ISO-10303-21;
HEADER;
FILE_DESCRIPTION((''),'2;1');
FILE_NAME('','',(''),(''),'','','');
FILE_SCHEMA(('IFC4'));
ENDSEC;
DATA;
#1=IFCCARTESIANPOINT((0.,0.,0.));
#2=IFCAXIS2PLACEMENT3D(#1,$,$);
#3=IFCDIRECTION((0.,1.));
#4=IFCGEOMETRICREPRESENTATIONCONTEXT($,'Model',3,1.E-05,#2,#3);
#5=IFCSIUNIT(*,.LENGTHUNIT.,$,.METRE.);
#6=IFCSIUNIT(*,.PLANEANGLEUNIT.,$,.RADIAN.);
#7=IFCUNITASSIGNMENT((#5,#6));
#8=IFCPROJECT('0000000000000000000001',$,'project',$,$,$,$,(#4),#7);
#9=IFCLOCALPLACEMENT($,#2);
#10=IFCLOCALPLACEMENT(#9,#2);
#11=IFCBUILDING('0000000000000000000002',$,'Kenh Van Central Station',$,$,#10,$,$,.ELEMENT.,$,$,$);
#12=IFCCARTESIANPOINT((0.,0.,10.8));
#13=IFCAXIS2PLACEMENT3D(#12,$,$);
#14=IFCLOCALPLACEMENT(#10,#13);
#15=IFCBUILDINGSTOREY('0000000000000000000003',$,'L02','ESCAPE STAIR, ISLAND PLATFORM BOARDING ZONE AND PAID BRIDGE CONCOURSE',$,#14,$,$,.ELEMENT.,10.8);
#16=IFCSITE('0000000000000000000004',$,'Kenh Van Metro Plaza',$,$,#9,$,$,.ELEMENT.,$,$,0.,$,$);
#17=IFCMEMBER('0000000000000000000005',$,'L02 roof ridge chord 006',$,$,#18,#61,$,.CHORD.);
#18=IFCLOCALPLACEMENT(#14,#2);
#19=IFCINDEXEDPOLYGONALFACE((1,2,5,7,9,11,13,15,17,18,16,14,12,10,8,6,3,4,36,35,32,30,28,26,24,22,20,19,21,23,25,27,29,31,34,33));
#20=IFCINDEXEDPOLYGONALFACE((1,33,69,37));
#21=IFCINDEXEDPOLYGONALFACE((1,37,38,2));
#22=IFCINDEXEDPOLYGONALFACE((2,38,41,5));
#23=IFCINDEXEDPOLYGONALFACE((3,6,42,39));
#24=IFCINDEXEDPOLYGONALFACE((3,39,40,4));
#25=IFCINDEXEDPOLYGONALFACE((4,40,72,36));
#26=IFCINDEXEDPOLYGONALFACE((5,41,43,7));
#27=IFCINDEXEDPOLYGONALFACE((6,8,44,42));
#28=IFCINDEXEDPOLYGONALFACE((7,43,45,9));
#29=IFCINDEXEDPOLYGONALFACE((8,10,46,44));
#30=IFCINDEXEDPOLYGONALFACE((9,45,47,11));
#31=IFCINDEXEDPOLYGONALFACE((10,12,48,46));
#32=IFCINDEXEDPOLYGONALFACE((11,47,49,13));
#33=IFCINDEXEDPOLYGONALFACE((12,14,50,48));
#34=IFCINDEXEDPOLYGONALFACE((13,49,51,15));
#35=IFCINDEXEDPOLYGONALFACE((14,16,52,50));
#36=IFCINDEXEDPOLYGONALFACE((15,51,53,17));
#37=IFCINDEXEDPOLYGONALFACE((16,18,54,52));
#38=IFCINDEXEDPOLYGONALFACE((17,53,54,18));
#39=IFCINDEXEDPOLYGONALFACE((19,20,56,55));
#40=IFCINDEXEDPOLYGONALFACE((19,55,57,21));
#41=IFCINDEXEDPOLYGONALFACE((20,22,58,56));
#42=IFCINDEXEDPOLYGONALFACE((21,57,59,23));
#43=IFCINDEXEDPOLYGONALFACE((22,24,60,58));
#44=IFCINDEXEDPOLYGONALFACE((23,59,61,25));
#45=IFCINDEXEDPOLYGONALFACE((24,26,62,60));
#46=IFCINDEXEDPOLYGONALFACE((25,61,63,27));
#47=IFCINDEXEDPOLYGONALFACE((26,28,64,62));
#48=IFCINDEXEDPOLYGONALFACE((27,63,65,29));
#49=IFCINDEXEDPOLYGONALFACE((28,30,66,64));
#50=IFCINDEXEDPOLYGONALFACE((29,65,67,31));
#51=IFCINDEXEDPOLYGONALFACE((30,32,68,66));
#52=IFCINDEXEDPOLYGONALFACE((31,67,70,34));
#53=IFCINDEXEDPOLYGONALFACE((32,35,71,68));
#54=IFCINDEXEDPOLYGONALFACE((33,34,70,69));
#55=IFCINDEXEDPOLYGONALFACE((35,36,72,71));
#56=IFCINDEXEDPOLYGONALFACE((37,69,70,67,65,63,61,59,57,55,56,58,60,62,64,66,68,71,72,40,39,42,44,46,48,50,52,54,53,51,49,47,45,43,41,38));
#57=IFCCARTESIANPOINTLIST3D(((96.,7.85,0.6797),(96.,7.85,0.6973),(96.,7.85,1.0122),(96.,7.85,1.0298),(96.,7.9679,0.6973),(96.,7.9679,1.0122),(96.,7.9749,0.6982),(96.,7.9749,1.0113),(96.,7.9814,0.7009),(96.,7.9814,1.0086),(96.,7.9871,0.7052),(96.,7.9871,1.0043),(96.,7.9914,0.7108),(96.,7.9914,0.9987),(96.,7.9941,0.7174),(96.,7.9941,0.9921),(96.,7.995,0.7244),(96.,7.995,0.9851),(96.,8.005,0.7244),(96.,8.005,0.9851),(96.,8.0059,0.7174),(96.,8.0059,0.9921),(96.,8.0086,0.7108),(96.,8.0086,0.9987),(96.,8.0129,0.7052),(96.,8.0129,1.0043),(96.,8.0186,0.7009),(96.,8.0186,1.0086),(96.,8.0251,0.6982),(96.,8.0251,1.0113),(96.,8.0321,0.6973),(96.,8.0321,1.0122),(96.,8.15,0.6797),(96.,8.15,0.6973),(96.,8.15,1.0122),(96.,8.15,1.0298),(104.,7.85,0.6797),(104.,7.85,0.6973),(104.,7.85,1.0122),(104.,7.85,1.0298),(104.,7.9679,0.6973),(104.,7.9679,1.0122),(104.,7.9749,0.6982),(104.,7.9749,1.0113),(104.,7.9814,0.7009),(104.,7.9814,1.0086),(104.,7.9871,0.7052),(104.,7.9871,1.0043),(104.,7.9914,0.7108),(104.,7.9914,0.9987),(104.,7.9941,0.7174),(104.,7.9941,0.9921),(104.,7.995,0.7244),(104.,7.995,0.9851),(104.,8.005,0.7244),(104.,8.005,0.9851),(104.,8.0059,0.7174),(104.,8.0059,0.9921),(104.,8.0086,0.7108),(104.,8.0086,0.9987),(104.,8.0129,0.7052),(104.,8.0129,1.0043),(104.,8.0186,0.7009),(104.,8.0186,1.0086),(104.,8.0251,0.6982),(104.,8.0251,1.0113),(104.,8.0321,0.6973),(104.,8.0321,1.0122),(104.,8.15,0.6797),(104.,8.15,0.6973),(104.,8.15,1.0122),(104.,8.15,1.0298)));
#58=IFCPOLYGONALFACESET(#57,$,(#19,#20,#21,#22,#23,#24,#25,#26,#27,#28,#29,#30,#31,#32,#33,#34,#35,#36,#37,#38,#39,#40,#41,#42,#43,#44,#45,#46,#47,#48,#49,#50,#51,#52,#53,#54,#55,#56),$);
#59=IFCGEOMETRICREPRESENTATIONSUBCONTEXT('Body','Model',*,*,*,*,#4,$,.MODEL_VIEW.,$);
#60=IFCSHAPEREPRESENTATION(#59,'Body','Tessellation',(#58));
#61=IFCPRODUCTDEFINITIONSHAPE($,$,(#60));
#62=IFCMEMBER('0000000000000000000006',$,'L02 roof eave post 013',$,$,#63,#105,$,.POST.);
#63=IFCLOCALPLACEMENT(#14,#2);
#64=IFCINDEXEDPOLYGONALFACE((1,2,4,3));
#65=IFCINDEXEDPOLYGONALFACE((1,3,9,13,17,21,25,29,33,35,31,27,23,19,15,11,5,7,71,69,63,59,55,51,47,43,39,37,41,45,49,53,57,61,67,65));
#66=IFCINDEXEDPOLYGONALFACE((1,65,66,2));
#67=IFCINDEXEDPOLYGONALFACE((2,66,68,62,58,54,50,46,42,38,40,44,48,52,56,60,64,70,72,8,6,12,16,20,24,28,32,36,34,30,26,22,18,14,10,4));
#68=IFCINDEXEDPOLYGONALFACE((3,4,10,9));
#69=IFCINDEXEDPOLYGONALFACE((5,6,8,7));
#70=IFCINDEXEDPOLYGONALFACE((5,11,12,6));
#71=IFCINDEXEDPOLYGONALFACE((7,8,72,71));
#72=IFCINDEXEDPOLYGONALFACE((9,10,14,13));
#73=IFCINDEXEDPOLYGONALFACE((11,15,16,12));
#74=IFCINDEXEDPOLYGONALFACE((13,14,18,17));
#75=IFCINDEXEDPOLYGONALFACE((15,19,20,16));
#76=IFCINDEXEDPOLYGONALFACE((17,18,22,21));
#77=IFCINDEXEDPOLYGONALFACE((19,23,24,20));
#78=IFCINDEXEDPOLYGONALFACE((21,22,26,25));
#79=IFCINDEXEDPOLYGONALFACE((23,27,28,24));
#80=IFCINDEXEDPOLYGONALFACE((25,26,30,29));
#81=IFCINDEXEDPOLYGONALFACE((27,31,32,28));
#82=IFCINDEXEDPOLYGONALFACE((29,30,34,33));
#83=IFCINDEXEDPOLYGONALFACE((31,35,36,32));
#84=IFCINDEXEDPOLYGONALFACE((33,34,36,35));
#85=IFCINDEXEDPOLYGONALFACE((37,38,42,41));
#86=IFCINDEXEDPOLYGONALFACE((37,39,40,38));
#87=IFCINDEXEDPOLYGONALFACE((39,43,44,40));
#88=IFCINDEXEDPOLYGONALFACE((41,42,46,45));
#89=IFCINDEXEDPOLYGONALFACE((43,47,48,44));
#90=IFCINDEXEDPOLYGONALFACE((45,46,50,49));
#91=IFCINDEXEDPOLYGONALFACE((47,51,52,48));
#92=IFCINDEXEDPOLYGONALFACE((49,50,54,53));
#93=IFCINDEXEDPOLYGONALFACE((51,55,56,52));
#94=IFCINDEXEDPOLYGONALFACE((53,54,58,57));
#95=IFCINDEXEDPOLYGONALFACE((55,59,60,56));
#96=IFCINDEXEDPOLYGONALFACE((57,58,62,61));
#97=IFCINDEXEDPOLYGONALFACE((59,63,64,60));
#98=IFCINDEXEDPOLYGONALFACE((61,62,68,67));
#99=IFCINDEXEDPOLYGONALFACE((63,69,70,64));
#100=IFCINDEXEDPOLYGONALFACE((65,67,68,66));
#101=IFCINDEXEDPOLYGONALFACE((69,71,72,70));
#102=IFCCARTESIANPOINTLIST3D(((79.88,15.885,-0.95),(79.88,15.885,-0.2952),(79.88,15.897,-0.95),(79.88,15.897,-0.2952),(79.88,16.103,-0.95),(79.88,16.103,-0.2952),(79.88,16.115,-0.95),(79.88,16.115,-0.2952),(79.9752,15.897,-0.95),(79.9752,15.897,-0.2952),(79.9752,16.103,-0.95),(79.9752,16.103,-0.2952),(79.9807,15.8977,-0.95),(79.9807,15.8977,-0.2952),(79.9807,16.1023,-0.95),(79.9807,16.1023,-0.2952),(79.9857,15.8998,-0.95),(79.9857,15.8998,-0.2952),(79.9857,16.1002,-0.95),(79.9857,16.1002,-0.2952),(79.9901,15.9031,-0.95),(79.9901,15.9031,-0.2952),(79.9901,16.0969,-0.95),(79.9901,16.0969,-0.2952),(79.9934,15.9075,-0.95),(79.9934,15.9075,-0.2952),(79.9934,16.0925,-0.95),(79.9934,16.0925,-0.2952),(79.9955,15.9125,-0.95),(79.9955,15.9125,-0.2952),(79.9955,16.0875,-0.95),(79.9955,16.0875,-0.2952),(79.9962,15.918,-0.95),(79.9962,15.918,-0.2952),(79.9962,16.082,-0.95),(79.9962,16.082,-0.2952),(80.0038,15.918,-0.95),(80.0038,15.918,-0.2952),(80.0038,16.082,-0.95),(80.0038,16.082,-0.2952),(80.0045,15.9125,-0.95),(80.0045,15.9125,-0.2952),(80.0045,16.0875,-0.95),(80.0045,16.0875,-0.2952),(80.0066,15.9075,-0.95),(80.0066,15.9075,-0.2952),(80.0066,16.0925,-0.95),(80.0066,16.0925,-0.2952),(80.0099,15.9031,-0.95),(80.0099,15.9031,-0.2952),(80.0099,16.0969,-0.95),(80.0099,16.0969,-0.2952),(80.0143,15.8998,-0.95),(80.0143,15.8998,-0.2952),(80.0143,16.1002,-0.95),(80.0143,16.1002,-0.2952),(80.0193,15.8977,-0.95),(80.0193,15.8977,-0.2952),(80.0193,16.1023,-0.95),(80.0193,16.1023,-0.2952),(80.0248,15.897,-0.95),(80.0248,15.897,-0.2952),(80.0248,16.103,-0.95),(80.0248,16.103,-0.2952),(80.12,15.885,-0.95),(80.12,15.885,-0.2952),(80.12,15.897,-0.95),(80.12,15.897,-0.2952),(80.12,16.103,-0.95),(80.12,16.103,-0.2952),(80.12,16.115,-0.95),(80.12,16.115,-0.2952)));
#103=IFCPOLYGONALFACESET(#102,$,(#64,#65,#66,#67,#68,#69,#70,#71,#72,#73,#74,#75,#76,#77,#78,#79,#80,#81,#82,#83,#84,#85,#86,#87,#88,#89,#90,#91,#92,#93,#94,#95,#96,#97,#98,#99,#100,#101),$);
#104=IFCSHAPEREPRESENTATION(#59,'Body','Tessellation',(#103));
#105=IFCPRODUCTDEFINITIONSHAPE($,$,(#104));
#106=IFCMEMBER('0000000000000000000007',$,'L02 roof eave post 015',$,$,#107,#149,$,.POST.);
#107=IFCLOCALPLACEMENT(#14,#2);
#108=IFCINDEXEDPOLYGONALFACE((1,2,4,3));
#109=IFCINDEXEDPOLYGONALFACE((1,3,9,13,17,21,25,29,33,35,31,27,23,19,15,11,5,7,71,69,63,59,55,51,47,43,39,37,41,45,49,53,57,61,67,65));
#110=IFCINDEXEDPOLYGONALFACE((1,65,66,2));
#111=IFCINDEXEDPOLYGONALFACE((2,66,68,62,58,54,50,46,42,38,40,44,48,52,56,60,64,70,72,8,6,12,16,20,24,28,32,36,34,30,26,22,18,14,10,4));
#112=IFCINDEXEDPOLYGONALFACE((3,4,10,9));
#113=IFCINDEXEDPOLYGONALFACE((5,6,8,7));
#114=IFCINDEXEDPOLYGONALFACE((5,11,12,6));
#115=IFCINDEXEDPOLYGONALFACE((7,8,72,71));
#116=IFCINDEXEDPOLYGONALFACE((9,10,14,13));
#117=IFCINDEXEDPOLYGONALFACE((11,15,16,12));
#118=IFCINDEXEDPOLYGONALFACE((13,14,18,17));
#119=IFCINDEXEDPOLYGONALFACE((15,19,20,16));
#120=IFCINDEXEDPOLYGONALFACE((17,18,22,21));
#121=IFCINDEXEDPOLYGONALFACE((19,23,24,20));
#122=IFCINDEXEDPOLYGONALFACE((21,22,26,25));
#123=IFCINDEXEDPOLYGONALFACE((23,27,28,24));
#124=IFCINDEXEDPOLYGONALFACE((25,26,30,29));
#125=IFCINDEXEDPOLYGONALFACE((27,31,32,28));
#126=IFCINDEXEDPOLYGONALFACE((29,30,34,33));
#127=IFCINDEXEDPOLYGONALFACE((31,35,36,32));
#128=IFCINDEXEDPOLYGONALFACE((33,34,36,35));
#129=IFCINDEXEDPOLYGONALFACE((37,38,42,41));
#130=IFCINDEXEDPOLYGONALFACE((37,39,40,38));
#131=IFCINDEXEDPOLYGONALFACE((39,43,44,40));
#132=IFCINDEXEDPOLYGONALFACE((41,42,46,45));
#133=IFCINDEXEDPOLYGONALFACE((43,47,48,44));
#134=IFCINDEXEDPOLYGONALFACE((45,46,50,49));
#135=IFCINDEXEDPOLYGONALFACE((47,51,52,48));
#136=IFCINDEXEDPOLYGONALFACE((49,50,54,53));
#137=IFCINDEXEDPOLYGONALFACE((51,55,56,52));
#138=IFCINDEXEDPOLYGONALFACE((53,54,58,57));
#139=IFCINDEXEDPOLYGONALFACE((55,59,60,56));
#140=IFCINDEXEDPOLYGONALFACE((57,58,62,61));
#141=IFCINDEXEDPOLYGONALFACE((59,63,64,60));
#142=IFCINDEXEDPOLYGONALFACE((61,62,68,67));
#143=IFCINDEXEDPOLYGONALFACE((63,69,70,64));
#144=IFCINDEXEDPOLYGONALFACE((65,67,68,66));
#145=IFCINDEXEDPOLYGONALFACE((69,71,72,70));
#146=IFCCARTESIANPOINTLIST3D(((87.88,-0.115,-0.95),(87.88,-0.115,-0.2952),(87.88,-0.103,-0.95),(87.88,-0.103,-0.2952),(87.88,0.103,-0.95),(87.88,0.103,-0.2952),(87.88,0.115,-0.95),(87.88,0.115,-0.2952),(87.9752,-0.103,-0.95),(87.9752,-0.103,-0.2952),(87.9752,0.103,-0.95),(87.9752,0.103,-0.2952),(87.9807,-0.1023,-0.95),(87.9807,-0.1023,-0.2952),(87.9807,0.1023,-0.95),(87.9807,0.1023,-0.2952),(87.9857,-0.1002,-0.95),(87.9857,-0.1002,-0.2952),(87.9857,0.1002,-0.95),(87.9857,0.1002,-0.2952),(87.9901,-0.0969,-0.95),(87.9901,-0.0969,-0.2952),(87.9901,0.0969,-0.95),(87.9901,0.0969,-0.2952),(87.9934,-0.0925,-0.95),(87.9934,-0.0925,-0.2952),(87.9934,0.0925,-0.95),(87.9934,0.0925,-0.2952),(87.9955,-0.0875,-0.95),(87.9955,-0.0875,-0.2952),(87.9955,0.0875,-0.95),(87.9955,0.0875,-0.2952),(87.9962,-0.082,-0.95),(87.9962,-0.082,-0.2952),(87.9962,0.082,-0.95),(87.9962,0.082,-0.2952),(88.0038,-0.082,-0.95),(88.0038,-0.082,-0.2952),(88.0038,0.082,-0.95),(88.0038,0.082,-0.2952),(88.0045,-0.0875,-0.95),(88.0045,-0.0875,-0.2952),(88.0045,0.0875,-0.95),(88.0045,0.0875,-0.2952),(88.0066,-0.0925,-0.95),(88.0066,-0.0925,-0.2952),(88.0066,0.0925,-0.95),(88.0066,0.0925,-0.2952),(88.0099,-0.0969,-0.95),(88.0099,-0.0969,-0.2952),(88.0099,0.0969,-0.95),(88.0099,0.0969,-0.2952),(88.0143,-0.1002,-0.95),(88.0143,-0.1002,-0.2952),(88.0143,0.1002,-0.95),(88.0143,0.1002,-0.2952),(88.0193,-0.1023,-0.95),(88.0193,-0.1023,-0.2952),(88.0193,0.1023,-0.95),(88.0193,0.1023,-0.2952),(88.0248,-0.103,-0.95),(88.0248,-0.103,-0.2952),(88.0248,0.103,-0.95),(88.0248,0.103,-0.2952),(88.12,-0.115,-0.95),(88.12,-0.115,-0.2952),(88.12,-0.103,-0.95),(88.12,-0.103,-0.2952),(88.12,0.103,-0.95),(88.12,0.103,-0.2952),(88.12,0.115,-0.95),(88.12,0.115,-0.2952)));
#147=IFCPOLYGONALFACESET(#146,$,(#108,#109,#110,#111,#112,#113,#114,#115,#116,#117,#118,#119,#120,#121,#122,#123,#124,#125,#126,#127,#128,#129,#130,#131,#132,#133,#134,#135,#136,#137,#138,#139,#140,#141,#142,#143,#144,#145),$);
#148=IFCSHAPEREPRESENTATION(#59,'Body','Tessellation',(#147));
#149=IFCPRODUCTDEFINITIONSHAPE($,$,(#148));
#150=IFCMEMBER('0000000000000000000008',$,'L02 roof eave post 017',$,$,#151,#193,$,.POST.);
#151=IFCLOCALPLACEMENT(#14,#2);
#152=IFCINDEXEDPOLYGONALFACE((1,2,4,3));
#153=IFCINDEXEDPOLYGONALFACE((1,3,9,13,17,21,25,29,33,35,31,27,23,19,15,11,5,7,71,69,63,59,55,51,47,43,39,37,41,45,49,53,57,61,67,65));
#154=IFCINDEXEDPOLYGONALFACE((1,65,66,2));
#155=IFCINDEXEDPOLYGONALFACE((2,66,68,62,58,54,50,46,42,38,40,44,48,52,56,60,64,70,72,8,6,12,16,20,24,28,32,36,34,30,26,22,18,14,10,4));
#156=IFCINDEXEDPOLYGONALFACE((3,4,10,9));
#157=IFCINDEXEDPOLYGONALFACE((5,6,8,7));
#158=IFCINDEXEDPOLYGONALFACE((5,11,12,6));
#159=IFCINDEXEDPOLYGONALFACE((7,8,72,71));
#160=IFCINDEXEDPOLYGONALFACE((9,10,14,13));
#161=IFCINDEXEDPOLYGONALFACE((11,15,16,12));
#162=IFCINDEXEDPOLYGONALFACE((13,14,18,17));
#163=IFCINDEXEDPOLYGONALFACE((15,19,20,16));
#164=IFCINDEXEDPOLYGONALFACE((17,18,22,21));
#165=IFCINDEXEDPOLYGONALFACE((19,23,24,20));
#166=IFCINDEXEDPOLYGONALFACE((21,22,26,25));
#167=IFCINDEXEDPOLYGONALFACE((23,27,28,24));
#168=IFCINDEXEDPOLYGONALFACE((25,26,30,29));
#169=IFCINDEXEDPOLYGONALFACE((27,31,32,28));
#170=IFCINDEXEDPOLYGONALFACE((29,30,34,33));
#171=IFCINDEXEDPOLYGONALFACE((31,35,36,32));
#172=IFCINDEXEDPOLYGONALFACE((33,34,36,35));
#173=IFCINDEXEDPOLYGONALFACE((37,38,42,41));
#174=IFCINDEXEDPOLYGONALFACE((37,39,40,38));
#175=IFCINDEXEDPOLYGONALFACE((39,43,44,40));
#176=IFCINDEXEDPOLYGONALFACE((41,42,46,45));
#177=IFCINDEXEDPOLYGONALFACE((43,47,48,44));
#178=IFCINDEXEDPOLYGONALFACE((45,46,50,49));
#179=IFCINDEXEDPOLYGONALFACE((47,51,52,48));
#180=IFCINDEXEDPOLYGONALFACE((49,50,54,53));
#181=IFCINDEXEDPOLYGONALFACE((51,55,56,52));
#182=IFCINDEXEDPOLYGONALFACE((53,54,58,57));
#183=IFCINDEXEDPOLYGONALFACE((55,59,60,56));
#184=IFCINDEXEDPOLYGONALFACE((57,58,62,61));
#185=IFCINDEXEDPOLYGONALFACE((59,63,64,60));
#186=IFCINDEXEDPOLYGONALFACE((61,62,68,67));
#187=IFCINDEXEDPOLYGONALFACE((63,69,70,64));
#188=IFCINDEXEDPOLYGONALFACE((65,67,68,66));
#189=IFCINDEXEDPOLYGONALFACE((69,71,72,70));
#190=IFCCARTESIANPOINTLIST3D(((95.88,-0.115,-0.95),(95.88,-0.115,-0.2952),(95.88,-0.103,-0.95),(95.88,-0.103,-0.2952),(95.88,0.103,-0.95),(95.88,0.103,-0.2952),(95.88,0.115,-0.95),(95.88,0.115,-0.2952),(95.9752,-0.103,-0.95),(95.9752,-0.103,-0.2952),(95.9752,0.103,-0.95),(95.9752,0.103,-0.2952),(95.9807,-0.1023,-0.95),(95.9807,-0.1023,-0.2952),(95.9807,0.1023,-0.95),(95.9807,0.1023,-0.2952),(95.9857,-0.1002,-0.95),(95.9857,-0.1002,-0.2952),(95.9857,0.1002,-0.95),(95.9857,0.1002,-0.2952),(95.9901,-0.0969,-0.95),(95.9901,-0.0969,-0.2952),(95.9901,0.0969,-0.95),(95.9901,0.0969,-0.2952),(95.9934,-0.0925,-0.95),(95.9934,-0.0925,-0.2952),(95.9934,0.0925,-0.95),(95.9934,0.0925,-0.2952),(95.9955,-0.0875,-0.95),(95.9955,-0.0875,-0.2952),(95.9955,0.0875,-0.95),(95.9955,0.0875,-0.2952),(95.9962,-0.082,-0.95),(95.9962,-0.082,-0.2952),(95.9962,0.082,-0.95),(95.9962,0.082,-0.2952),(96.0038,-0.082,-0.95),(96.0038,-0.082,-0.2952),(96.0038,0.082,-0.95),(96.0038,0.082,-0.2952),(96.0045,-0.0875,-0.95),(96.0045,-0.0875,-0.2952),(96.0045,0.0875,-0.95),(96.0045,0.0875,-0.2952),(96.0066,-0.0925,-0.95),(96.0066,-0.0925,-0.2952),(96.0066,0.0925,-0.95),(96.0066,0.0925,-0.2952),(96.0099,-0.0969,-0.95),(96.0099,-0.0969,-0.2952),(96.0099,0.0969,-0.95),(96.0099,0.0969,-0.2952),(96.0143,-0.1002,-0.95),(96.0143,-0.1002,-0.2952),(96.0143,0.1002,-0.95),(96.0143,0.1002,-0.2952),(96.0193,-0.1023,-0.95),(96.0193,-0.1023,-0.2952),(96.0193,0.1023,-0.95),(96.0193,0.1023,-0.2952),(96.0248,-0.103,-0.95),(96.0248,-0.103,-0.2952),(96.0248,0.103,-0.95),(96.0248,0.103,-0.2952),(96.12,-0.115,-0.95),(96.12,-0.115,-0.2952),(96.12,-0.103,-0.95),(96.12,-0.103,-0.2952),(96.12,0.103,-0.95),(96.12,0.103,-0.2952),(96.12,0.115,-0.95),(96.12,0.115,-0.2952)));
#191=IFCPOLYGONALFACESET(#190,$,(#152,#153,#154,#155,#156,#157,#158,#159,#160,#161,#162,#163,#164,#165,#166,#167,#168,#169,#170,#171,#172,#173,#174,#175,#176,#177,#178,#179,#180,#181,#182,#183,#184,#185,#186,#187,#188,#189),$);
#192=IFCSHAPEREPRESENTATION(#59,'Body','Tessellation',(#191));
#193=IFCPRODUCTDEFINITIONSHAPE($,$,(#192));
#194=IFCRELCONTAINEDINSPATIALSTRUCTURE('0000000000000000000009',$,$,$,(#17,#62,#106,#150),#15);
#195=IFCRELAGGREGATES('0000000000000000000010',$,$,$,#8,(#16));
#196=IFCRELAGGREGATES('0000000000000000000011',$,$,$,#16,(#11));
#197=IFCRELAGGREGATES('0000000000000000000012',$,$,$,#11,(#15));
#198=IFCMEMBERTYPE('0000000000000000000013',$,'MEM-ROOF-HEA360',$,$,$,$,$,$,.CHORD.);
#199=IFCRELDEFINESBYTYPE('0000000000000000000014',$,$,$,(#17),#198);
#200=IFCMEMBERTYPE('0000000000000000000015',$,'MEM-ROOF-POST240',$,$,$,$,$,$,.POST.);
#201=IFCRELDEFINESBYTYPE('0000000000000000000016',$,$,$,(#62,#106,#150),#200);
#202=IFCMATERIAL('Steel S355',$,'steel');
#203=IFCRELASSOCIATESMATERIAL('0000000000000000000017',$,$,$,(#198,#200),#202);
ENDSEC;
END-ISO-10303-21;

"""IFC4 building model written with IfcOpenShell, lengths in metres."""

from ifc_helpers import new_model, si_unit, direction, frame, origin, origin_2d, place, context, subcontext, project, spatial, i_section, extrude, material, material_profile, profile_set, type_object, element, save


model = new_model("IFC4")

# Units and contexts
model_context = context("Model", 3, precision=1e-05, world=origin(), true_north=direction((0.0, 1.0)))
body_context = subcontext(model_context, "Body", "Model", "MODEL_VIEW")
ifc_project = project(units=[si_unit("LENGTHUNIT", "METRE"), si_unit("PLANEANGLEUNIT", "RADIAN")], contexts=[model_context])

# Site, building, storey
site_placement = place(None, origin())
site = spatial("IfcSite", under=ifc_project, at=site_placement, Name="Kenh Van Metro Plaza", CompositionType="ELEMENT", RefElevation=0.0)
building_placement = place(site_placement, origin())
building = spatial("IfcBuilding", under=site, at=building_placement, Name="Kenh Van Central Station", CompositionType="ELEMENT")
storey_placement = place(building_placement, frame((0.0, 0.0, 10.8)))
storey = spatial("IfcBuildingStorey", under=building, at=storey_placement, Name="L02", Description="ESCAPE STAIR, ISLAND PLATFORM BOARDING ZONE AND PAID BRIDGE CONCOURSE", CompositionType="ELEMENT", Elevation=10.8)

# Shared definitions
ifc_material_1 = material(Name="Steel S355", Category="steel")

# Members
ifc_material_profile_1 = material_profile(ifc_material_1, i_section(OverallWidth=0.3, OverallDepth=0.3501, WebThickness=0.01, FlangeThickness=0.0176, FilletRadius=0.0271, at=origin_2d()), Name="HEA 360")
ifc_profile_set_1 = profile_set([ifc_material_profile_1], Name="Steel S355")
member_type_1 = type_object("IfcMemberType", Name="MEM-ROOF-HEA360", PredefinedType="CHORD", material=ifc_profile_set_1)
for number, where, z_axis, x_axis, name in (
    (1, (96.0, 8.0, 0.8547), (1.0, 0.0, 0.0), (0.0, 1.0, 0.0), "L02 roof ridge chord 006"),
):
    element("IfcMember", number, at=place(storey_placement, frame(where, z_axis=z_axis, x_axis=x_axis)), inside=storey, type_object=member_type_1, Name=name, PredefinedType="CHORD", context=body_context, shape_type="SweptSolid", body=[
        extrude(i_section(OverallWidth=0.3, OverallDepth=0.3501, WebThickness=0.01, FlangeThickness=0.0176, FilletRadius=0.0271, at=origin_2d()), origin(), (0.0, 0.0, 1.0), 8.0),
    ])
ifc_material_profile_2 = material_profile(ifc_material_1, i_section(OverallWidth=0.24, OverallDepth=0.23, WebThickness=0.0076, FlangeThickness=0.012, FilletRadius=0.021, at=origin_2d()), Name="HEA 240")
ifc_profile_set_2 = profile_set([ifc_material_profile_2], Name="Steel S355")
member_type_2 = type_object("IfcMemberType", Name="MEM-ROOF-POST240", PredefinedType="POST", material=ifc_profile_set_2)
for number, where, z_axis, x_axis, name in (
    (2, (80.0, 16.0, -0.95), (0.0, 0.0, 1.0), (1.0, 0.0, 0.0), "L02 roof eave post 013"),
    (3, (88.0, 0.0, -0.95), (0.0, 0.0, 1.0), (1.0, 0.0, 0.0), "L02 roof eave post 015"),
    (4, (96.0, 0.0, -0.95), (0.0, 0.0, 1.0), (1.0, 0.0, 0.0), "L02 roof eave post 017"),
):
    element("IfcMember", number, at=place(storey_placement, frame(where, z_axis=z_axis, x_axis=x_axis)), inside=storey, type_object=member_type_2, Name=name, PredefinedType="POST", context=body_context, shape_type="SweptSolid", body=[
        extrude(i_section(OverallWidth=0.24, OverallDepth=0.23, WebThickness=0.0076, FlangeThickness=0.012, FilletRadius=0.021, at=origin_2d()), origin(), (0.0, 0.0, 1.0), 0.6548),
    ])

save(model, "model.ifc")
